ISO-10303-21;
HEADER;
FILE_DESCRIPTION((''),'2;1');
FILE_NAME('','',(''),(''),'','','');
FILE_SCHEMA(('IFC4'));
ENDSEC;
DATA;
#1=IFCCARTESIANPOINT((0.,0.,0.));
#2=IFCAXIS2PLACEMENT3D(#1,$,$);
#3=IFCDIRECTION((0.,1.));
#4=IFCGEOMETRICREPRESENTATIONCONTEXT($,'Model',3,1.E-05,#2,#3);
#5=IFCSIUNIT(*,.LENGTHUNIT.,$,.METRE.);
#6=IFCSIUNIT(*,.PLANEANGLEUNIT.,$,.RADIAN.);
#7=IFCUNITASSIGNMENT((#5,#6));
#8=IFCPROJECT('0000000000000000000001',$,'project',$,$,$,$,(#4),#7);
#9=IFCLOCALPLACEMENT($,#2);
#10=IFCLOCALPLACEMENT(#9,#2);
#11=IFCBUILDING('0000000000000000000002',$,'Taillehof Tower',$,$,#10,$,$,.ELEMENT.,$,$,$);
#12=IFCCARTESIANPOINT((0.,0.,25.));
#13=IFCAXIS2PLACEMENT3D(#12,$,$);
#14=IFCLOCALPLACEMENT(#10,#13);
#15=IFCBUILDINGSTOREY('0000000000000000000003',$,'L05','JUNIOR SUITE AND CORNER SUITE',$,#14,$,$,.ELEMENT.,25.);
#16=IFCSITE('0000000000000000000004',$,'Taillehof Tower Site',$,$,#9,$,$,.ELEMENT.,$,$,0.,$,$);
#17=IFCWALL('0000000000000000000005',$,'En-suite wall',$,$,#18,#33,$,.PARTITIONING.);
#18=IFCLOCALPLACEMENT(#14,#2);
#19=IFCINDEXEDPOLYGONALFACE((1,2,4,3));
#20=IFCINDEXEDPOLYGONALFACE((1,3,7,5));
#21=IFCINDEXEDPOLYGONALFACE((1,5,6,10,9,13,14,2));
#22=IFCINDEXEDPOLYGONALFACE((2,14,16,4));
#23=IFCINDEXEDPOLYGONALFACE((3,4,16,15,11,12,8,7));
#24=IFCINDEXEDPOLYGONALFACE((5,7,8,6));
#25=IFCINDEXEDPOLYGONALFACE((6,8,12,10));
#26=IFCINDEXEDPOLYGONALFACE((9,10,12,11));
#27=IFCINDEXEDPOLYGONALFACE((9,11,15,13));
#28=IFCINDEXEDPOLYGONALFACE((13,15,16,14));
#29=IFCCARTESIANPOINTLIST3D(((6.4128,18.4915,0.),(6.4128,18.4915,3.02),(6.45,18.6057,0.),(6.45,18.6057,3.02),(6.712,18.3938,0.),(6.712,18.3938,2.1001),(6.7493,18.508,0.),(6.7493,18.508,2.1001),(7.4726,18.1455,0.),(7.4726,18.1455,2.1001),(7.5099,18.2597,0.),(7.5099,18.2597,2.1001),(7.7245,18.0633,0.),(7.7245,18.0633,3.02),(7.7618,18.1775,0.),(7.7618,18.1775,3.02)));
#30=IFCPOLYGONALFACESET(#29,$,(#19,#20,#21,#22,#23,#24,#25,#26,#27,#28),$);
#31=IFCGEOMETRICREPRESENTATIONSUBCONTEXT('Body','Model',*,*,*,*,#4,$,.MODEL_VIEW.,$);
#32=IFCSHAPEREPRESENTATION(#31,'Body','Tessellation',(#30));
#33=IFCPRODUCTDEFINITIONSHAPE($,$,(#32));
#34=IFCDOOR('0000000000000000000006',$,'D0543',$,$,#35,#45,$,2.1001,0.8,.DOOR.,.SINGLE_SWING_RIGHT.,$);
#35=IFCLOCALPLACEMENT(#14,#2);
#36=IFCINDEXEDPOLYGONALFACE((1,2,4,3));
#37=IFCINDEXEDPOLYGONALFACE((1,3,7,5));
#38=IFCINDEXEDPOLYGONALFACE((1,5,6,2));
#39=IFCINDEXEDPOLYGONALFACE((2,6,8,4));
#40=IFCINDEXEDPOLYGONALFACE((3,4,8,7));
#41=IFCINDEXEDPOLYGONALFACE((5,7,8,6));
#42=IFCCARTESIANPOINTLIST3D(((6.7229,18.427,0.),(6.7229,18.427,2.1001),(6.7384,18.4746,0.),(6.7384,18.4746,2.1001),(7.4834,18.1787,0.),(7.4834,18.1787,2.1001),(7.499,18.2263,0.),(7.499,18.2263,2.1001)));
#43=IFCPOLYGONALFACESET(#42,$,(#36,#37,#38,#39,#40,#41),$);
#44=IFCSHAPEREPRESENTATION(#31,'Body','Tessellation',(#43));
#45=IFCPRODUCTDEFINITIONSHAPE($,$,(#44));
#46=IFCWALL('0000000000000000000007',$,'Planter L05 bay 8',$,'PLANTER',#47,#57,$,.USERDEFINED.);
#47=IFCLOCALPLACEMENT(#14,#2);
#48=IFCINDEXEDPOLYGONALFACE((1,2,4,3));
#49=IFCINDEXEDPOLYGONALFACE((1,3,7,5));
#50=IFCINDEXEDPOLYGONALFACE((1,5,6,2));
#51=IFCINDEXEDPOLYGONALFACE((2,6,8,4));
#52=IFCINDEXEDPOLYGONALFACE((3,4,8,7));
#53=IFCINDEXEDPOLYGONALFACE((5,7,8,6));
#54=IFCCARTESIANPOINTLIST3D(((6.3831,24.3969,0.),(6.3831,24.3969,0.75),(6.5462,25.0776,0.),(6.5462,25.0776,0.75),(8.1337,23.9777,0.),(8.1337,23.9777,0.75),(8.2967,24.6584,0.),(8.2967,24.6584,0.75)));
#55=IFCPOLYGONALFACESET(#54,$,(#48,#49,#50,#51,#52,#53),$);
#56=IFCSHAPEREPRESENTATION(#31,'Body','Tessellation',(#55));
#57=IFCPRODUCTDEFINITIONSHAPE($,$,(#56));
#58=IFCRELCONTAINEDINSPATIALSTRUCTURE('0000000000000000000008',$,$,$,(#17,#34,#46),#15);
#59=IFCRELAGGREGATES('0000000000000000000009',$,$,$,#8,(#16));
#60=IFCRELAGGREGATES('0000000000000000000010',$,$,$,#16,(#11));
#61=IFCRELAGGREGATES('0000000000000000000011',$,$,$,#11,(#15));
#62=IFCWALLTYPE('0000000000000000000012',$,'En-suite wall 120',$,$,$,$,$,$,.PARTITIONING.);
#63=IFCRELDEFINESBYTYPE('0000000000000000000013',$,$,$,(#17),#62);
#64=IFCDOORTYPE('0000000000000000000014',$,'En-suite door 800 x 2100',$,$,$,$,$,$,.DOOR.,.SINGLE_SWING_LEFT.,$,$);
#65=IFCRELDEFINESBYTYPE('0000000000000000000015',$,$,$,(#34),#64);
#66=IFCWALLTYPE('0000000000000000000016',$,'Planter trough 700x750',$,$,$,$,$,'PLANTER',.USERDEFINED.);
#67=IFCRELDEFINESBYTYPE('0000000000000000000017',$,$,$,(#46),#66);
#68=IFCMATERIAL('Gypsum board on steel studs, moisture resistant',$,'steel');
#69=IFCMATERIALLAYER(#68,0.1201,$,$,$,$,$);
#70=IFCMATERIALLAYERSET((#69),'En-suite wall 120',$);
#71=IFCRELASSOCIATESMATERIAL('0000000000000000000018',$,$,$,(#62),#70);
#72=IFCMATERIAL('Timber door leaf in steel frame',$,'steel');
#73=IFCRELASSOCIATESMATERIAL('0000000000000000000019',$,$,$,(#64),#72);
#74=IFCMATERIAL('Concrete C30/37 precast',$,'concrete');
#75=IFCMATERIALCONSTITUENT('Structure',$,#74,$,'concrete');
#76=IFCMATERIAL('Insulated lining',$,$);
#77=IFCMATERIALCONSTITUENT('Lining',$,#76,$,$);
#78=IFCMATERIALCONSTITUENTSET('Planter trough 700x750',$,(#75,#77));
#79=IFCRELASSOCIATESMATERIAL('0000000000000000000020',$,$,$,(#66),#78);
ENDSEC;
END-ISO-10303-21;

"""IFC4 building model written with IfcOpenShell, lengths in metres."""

from ifc_helpers import new_model, si_unit, direction, frame, frame_2d, origin, place, context, subcontext, project, spatial, rectangle, extrude, material, layer, layer_set, constituent, constituent_set, type_object, element, fill, save


model = new_model("IFC4")

# Units and contexts
model_context = context("Model", 3, precision=1e-05, world=origin(), true_north=direction((0.0, 1.0)))
body_context = subcontext(model_context, "Body", "Model", "MODEL_VIEW")
ifc_project = project(units=[si_unit("LENGTHUNIT", "METRE"), si_unit("PLANEANGLEUNIT", "RADIAN")], contexts=[model_context])

# Site, building, storey
site_placement = place(None, origin())
site = spatial("IfcSite", under=ifc_project, at=site_placement, Name="Taillehof Tower Site", CompositionType="ELEMENT", RefElevation=0.0)
building_placement = place(site_placement, origin())
building = spatial("IfcBuilding", under=site, at=building_placement, Name="Taillehof Tower", CompositionType="ELEMENT")
storey_placement = place(building_placement, frame((0.0, 0.0, 25.0)))
storey = spatial("IfcBuildingStorey", under=building, at=storey_placement, Name="L05", Description="JUNIOR SUITE AND CORNER SUITE", CompositionType="ELEMENT", Elevation=25.0)

# Shared definitions
ifc_material_1 = material(Name="Gypsum board on steel studs, moisture resistant", Category="steel")
ifc_layer_1 = layer(ifc_material_1, 0.1201)
ifc_layer_set_1 = layer_set([ifc_layer_1], Name="En-suite wall 120")
wall_type_1 = type_object("IfcWallType", Name="En-suite wall 120", PredefinedType="PARTITIONING", material=ifc_layer_set_1)

# Wall, opening, door
wall_1_placement = place(storey_placement, frame((6.4314, 18.5486, 0.0), z_axis=(0.0, 0.0, 1.0), x_axis=(0.950629, -0.31033, 0.0)))
wall_1 = element("IfcWall", 1, at=wall_1_placement, inside=storey, type_object=wall_type_1, Name="En-suite wall", PredefinedType="PARTITIONING", context=body_context, shape_type="SweptSolid", body=[
    extrude(rectangle(XDim=1.3799, YDim=0.1201, at=frame_2d((0.6899, 0.0))), origin(), (0.0, 0.0, 1.0), 3.02),
])
opening_1_placement = place(wall_1_placement, frame((0.3149, 0.0, 0.0)))
opening_1 = element("IfcOpeningElement", 2, at=opening_1_placement, cuts=wall_1, PredefinedType="OPENING", context=body_context, shape_type="SweptSolid", body=[
    extrude(rectangle(XDim=0.8, YDim=2.1001, at=frame_2d((0.3999, 1.05))), frame((0.0, 0.0701, 0.0), z_axis=(0.0, -1.0, 0.0), x_axis=(1.0, 0.0, 0.0)), (0.0, 0.0, 1.0), 0.1401),
])
ifc_material_2 = material(Name="Timber door leaf in steel frame", Category="steel")
door_type_1 = type_object("IfcDoorType", Name="En-suite door 800 x 2100", OperationType="SINGLE_SWING_LEFT", PredefinedType="DOOR", material=ifc_material_2)
door_1_placement = place(opening_1_placement, origin())
door_1 = element("IfcDoor", 3, at=door_1_placement, inside=storey, type_object=door_type_1, Name="D0543", OperationType="SINGLE_SWING_RIGHT", OverallHeight=2.1001, OverallWidth=0.8, PredefinedType="DOOR", context=body_context, shape_type="SweptSolid", body=[
    extrude(rectangle(XDim=0.8, YDim=2.1001, at=frame_2d((0.3999, 1.05))), frame((0.0, 0.0249, 0.0), z_axis=(0.0, -1.0, 0.0), x_axis=(1.0, 0.0, 0.0)), (0.0, 0.0, 1.0), 0.05),
])
fill(opening_1, door_1)

# Wall
ifc_material_3 = material(Name="Concrete C30/37 precast", Category="concrete")
ifc_constituent_1 = constituent(ifc_material_3, Name="Structure", Category="concrete")
ifc_material_4 = material(Name="Insulated lining")
ifc_constituent_2 = constituent(ifc_material_4, Name="Lining")
ifc_constituent_set = constituent_set(constituents=[ifc_constituent_1, ifc_constituent_2], Name="Planter trough 700x750")
wall_type_2 = type_object("IfcWallType", Name="Planter trough 700x750", ElementType="PLANTER", PredefinedType="USERDEFINED", material=ifc_constituent_set)
wall_2_placement = place(storey_placement, frame((8.2151, 24.3181, 0.0), z_axis=(0.0, 0.0, 1.0), x_axis=(-0.972504, 0.232886, 0.0)))
element("IfcWall", 4, at=wall_2_placement, inside=storey, type_object=wall_type_2, Name="Planter L05 bay 8", ObjectType="PLANTER", PredefinedType="USERDEFINED", context=body_context, shape_type="SweptSolid", body=[
    extrude(rectangle(XDim=1.8, YDim=0.7, at=frame_2d((0.8999, 0.0))), origin(), (0.0, 0.0, 1.0), 0.75),
])

save(model, "model.ifc")
